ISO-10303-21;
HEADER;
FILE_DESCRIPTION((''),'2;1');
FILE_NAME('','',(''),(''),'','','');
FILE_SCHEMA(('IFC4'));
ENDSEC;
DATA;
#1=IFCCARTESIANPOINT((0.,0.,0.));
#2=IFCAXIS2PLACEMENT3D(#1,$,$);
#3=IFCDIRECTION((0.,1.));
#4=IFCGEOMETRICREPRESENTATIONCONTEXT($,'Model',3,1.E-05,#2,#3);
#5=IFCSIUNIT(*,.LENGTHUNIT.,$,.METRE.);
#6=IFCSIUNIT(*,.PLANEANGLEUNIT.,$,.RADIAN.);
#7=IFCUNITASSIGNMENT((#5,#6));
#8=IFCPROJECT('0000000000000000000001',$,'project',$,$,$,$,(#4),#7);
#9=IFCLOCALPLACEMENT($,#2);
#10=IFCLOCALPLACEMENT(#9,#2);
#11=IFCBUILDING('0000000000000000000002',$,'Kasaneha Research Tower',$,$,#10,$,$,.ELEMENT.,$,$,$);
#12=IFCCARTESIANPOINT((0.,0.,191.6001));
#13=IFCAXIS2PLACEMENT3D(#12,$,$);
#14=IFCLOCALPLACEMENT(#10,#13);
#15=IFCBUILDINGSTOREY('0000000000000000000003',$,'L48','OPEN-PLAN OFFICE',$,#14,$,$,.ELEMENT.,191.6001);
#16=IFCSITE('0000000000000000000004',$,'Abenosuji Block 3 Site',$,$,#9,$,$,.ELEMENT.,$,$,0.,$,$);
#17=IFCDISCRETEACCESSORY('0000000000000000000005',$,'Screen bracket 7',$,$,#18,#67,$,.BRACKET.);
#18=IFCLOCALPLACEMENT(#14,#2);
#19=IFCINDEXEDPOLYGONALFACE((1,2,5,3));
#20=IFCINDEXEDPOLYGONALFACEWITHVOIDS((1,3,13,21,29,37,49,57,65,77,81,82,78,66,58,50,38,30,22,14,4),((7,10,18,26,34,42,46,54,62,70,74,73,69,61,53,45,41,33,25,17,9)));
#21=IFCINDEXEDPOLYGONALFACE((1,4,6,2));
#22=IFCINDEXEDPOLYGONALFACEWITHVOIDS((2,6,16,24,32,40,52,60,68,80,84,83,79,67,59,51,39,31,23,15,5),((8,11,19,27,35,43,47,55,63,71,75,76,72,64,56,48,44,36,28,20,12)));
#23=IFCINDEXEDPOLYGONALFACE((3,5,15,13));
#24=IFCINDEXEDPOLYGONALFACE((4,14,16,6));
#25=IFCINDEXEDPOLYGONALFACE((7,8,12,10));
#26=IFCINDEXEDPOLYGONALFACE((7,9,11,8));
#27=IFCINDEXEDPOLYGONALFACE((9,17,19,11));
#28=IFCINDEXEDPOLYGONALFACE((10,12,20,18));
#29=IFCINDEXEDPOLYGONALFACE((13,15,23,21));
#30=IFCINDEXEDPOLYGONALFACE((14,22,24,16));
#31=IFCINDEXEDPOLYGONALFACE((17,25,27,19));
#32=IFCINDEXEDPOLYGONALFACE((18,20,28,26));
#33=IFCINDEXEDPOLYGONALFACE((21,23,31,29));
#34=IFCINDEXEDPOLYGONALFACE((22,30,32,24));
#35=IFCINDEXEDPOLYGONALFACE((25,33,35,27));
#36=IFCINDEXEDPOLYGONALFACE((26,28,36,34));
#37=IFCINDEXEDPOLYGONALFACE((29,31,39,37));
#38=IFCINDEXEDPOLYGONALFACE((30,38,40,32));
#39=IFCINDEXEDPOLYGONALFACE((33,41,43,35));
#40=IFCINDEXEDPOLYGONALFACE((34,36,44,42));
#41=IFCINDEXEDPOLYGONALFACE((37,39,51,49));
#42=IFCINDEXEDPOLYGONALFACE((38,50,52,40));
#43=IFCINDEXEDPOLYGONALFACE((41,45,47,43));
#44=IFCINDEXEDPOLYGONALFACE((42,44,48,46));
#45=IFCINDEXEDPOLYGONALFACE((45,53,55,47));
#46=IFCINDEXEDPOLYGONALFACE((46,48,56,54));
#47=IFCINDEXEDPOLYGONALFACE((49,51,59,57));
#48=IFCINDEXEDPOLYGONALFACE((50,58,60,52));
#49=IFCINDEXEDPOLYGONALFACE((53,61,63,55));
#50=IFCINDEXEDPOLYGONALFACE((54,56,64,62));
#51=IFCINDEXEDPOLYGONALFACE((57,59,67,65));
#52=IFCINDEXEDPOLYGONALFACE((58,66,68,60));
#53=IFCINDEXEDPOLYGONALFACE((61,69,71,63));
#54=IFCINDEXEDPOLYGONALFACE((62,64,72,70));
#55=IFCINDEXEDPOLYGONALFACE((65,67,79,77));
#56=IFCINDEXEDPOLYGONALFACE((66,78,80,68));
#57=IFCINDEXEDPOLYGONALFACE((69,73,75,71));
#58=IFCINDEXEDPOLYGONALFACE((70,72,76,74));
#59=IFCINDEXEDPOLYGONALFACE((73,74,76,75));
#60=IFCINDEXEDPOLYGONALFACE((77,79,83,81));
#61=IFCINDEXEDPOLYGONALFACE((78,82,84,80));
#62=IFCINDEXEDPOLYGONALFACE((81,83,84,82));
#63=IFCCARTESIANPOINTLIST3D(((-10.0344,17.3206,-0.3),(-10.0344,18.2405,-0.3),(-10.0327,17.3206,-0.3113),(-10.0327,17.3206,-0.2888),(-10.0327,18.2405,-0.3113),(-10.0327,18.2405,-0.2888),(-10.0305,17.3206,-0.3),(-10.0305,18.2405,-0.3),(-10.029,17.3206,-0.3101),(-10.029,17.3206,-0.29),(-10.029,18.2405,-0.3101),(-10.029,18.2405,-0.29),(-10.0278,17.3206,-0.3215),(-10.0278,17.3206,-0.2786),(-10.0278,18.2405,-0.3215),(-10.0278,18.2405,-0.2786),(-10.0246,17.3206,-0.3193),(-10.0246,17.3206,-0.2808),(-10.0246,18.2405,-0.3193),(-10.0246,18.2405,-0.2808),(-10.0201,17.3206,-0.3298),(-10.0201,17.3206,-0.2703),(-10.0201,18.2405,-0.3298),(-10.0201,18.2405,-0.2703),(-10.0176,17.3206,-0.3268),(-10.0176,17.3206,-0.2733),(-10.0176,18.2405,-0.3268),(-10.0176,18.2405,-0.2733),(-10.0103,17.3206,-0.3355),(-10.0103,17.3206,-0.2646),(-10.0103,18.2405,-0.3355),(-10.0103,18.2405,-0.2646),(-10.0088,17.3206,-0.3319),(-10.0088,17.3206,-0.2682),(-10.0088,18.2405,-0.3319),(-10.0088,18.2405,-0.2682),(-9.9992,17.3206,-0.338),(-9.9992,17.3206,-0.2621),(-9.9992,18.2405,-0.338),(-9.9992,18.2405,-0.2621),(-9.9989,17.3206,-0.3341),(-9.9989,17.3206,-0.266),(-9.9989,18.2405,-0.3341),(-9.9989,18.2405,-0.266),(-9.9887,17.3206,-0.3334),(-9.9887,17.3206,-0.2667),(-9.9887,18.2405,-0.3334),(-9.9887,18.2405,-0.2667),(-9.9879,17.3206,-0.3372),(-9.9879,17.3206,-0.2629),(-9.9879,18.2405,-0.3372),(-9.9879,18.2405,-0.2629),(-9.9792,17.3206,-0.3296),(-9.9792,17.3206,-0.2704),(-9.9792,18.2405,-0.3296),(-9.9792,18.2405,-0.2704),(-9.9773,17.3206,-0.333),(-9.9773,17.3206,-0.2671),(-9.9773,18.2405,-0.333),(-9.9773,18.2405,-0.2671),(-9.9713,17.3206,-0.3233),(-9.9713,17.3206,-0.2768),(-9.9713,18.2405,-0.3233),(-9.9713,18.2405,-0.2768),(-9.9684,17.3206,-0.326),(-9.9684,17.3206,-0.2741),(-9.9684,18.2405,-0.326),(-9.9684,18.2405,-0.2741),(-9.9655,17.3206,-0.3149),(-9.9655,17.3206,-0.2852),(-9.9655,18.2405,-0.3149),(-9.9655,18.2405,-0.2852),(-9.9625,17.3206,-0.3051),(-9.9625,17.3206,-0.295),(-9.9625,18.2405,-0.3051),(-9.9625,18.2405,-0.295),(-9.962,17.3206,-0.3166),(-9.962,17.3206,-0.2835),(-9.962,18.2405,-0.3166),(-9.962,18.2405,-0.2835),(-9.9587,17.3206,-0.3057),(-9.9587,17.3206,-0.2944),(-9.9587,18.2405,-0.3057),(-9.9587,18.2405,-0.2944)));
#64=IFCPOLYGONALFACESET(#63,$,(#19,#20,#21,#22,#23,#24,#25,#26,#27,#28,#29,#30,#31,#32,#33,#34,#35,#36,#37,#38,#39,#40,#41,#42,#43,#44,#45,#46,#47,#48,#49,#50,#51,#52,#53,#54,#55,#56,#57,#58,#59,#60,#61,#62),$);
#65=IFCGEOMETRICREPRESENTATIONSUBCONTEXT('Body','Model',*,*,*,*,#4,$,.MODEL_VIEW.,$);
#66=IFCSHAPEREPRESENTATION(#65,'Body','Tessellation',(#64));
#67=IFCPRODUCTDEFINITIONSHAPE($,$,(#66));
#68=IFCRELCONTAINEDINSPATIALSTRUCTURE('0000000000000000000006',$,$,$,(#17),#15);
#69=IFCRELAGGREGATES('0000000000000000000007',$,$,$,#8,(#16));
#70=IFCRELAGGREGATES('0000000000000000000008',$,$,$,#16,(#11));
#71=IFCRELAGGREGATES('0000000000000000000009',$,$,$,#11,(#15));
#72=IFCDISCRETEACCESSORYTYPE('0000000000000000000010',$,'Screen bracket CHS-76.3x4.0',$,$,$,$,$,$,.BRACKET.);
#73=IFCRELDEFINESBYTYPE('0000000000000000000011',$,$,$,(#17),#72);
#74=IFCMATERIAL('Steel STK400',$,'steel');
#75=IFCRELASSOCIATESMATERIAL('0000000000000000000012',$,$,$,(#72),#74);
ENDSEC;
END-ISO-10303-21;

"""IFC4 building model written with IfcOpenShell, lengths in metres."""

from ifc_helpers import new_model, si_unit, direction, frame, origin, origin_2d, place, context, subcontext, project, spatial, hollow_circle, extrude, material, material_profile, profile_set, type_object, element, save


model = new_model("IFC4")

# Units and contexts
model_context = context("Model", 3, precision=1e-05, world=origin(), true_north=direction((0.0, 1.0)))
body_context = subcontext(model_context, "Body", "Model", "MODEL_VIEW")
ifc_project = project(units=[si_unit("LENGTHUNIT", "METRE"), si_unit("PLANEANGLEUNIT", "RADIAN")], contexts=[model_context])

# Site, building, storey
site_placement = place(None, origin())
site = spatial("IfcSite", under=ifc_project, at=site_placement, Name="Abenosuji Block 3 Site", CompositionType="ELEMENT", RefElevation=0.0)
building_placement = place(site_placement, origin())
building = spatial("IfcBuilding", under=site, at=building_placement, Name="Kasaneha Research Tower", CompositionType="ELEMENT")
storey_placement = place(building_placement, frame((0.0, 0.0, 191.6001)))
storey = spatial("IfcBuildingStorey", under=building, at=storey_placement, Name="L48", Description="OPEN-PLAN OFFICE", CompositionType="ELEMENT", Elevation=191.6001)

# Discrete accessory
ifc_material_1 = material(Name="Steel STK400", Category="steel")
ifc_material_profile_1 = material_profile(ifc_material_1, hollow_circle(Radius=0.0381, WallThickness=0.0039, at=origin_2d()), Name="CHS-76.3x4.0")
ifc_profile_set_1 = profile_set([ifc_material_profile_1], Name="Steel STK400")
discrete_accessory_type = type_object("IfcDiscreteAccessoryType", Name="Screen bracket CHS-76.3x4.0", PredefinedType="BRACKET", material=ifc_profile_set_1)
for number, where, z_axis, x_axis, name in (
    (1, (-9.9963, 17.3206, -0.3), (0.0, 1.0, 0.0), (-1.0, 0.0, 0.0), "Screen bracket 7"),
):
    element("IfcDiscreteAccessory", number, at=place(storey_placement, frame(where, z_axis=z_axis, x_axis=x_axis)), inside=storey, type_object=discrete_accessory_type, Name=name, PredefinedType="BRACKET", context=body_context, shape_type="SweptSolid", body=[
        extrude(hollow_circle(Radius=0.0381, WallThickness=0.0039, at=origin_2d()), origin(), (0.0, 0.0, 1.0), 0.9199),
    ])

save(model, "model.ifc")
